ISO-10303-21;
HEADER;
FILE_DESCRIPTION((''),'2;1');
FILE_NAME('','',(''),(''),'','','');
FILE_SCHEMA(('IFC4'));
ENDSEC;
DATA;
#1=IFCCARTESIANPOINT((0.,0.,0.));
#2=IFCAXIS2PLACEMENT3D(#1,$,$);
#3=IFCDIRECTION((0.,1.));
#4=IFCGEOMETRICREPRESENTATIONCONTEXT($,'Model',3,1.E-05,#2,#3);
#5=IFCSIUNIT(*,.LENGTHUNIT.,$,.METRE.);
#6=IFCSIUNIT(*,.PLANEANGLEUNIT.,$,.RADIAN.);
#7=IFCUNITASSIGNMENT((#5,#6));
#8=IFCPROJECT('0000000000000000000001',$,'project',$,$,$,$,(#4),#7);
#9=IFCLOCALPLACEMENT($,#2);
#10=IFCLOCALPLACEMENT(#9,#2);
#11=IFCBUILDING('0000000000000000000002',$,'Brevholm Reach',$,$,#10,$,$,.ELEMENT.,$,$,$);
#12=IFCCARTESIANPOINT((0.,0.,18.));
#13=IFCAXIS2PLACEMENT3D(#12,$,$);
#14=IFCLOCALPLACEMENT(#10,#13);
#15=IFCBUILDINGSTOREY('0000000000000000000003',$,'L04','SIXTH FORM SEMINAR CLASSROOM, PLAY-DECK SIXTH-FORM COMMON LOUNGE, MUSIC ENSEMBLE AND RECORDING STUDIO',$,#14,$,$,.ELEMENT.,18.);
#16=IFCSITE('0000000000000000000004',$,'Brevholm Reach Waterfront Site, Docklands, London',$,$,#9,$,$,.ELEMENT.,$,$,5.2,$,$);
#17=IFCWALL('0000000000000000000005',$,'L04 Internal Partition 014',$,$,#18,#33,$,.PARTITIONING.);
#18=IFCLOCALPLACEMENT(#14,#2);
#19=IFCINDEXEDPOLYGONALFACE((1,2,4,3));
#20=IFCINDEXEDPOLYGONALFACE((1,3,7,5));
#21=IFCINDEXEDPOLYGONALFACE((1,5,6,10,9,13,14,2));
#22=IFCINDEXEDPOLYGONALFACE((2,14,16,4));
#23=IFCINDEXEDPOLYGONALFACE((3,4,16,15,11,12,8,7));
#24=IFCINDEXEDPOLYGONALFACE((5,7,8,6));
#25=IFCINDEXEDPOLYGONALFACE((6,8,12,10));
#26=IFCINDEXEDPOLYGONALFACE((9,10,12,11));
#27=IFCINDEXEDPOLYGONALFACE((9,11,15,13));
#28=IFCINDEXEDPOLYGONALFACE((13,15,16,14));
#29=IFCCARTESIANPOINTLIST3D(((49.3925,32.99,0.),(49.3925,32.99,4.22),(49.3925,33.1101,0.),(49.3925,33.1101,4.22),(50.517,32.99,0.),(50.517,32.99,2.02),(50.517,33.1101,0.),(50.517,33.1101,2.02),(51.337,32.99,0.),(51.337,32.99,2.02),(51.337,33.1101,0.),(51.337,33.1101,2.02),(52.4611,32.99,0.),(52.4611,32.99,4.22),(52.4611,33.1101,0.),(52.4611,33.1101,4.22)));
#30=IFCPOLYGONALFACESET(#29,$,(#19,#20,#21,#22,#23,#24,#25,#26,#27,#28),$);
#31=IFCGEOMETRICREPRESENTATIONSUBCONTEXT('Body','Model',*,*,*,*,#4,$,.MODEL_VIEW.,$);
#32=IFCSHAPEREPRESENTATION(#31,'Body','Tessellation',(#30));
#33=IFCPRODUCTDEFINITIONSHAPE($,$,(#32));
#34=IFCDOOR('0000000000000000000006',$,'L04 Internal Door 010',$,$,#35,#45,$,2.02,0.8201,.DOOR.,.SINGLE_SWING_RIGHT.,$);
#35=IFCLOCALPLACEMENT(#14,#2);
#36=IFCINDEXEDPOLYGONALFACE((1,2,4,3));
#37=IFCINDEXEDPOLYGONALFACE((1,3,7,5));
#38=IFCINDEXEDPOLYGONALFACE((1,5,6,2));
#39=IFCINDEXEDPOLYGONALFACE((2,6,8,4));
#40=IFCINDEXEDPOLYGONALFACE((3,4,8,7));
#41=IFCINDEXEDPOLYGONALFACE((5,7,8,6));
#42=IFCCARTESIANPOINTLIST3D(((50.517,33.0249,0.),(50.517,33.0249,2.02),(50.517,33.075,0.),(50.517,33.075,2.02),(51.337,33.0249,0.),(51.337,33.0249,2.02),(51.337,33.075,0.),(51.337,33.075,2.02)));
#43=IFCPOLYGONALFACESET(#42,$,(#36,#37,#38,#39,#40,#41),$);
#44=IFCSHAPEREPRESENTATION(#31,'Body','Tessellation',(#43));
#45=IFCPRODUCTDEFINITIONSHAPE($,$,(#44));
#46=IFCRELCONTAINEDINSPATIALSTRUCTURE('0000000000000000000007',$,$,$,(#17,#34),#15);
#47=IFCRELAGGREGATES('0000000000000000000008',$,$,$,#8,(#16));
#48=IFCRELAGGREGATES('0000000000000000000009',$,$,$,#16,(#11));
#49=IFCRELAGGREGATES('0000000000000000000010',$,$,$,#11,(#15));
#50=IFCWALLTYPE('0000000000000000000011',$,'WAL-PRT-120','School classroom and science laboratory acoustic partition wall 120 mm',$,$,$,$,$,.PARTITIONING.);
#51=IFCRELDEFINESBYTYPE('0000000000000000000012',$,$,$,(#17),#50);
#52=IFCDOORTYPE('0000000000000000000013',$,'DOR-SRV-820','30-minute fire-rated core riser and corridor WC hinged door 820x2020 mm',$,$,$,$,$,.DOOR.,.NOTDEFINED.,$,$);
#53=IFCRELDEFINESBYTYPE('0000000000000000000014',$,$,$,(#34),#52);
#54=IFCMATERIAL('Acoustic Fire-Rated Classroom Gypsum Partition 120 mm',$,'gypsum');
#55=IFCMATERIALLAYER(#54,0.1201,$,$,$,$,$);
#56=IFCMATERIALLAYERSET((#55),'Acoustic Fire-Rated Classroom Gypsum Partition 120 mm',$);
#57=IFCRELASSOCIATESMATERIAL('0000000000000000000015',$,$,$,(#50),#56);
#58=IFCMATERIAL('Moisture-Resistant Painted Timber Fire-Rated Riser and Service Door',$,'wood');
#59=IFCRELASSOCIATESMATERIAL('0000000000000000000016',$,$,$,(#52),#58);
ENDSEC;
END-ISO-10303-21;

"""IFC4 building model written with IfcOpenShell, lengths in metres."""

from ifc_helpers import new_model, si_unit, direction, frame, frame_2d, origin, place, context, subcontext, project, spatial, rectangle, extrude, material, layer, layer_set, type_object, element, fill, save


model = new_model("IFC4")

# Units and contexts
model_context = context("Model", 3, precision=1e-05, world=origin(), true_north=direction((0.0, 1.0)))
body_context = subcontext(model_context, "Body", "Model", "MODEL_VIEW")
ifc_project = project(units=[si_unit("LENGTHUNIT", "METRE"), si_unit("PLANEANGLEUNIT", "RADIAN")], contexts=[model_context])

# Site, building, storey
site_placement = place(None, origin())
site = spatial("IfcSite", under=ifc_project, at=site_placement, Name="Brevholm Reach Waterfront Site, Docklands, London", CompositionType="ELEMENT", RefElevation=5.2)
building_placement = place(site_placement, origin())
building = spatial("IfcBuilding", under=site, at=building_placement, Name="Brevholm Reach", CompositionType="ELEMENT")
storey_placement = place(building_placement, frame((0.0, 0.0, 18.0)))
storey = spatial("IfcBuildingStorey", under=building, at=storey_placement, Name="L04", Description="SIXTH FORM SEMINAR CLASSROOM, PLAY-DECK SIXTH-FORM COMMON LOUNGE, MUSIC ENSEMBLE AND RECORDING STUDIO", CompositionType="ELEMENT", Elevation=18.0)

# Shared definitions
ifc_material_1 = material(Name="Acoustic Fire-Rated Classroom Gypsum Partition 120 mm", Category="gypsum")
ifc_layer_1 = layer(ifc_material_1, 0.1201)
ifc_layer_set_1 = layer_set([ifc_layer_1], Name="Acoustic Fire-Rated Classroom Gypsum Partition 120 mm")
wall_type_1 = type_object("IfcWallType", Name="WAL-PRT-120", Description="School classroom and science laboratory acoustic partition wall 120 mm", PredefinedType="PARTITIONING", material=ifc_layer_set_1)

# Wall, opening, door
ifc_material_2 = material(Name="Moisture-Resistant Painted Timber Fire-Rated Riser and Service Door", Category="wood")
door_type_1 = type_object("IfcDoorType", Name="DOR-SRV-820", Description="30-minute fire-rated core riser and corridor WC hinged door 820x2020 mm", OperationType="NOTDEFINED", PredefinedType="DOOR", material=ifc_material_2)
wall_1_placement = place(storey_placement, frame((49.3926, 33.05, 0.0), z_axis=(0.0, 0.0, 1.0), x_axis=(1.0, 0.0, 0.0)))
wall_1 = element("IfcWall", 1, at=wall_1_placement, inside=storey, type_object=wall_type_1, Name="L04 Internal Partition 014", PredefinedType="PARTITIONING", context=body_context, shape_type="SweptSolid", body=[
    extrude(rectangle(XDim=3.0686, YDim=0.1201, at=frame_2d((1.5342, 0.0))), origin(), (0.0, 0.0, 1.0), 4.22),
])
opening_1_placement = place(wall_1_placement, frame((1.1243, 0.0, 0.0)))
opening_1 = element("IfcOpeningElement", 2, at=opening_1_placement, cuts=wall_1, PredefinedType="OPENING", context=body_context, shape_type="SweptSolid", body=[
    extrude(rectangle(XDim=0.8201, YDim=2.02, at=frame_2d((0.4102, 1.01))), frame((0.0, 0.0701, 0.0), z_axis=(0.0, -1.0, 0.0), x_axis=(1.0, 0.0, 0.0)), (0.0, 0.0, 1.0), 0.1401),
])
door_1_placement = place(opening_1_placement, origin())
door_1 = element("IfcDoor", 3, at=door_1_placement, inside=storey, type_object=door_type_1, Name="L04 Internal Door 010", OperationType="SINGLE_SWING_RIGHT", OverallHeight=2.02, OverallWidth=0.8201, PredefinedType="DOOR", context=body_context, shape_type="SweptSolid", body=[
    extrude(rectangle(XDim=0.8201, YDim=2.02, at=frame_2d((0.4102, 1.01))), frame((0.0, 0.0249, 0.0), z_axis=(0.0, -1.0, 0.0), x_axis=(1.0, 0.0, 0.0)), (0.0, 0.0, 1.0), 0.05),
])
fill(opening_1, door_1)

save(model, "model.ifc")
